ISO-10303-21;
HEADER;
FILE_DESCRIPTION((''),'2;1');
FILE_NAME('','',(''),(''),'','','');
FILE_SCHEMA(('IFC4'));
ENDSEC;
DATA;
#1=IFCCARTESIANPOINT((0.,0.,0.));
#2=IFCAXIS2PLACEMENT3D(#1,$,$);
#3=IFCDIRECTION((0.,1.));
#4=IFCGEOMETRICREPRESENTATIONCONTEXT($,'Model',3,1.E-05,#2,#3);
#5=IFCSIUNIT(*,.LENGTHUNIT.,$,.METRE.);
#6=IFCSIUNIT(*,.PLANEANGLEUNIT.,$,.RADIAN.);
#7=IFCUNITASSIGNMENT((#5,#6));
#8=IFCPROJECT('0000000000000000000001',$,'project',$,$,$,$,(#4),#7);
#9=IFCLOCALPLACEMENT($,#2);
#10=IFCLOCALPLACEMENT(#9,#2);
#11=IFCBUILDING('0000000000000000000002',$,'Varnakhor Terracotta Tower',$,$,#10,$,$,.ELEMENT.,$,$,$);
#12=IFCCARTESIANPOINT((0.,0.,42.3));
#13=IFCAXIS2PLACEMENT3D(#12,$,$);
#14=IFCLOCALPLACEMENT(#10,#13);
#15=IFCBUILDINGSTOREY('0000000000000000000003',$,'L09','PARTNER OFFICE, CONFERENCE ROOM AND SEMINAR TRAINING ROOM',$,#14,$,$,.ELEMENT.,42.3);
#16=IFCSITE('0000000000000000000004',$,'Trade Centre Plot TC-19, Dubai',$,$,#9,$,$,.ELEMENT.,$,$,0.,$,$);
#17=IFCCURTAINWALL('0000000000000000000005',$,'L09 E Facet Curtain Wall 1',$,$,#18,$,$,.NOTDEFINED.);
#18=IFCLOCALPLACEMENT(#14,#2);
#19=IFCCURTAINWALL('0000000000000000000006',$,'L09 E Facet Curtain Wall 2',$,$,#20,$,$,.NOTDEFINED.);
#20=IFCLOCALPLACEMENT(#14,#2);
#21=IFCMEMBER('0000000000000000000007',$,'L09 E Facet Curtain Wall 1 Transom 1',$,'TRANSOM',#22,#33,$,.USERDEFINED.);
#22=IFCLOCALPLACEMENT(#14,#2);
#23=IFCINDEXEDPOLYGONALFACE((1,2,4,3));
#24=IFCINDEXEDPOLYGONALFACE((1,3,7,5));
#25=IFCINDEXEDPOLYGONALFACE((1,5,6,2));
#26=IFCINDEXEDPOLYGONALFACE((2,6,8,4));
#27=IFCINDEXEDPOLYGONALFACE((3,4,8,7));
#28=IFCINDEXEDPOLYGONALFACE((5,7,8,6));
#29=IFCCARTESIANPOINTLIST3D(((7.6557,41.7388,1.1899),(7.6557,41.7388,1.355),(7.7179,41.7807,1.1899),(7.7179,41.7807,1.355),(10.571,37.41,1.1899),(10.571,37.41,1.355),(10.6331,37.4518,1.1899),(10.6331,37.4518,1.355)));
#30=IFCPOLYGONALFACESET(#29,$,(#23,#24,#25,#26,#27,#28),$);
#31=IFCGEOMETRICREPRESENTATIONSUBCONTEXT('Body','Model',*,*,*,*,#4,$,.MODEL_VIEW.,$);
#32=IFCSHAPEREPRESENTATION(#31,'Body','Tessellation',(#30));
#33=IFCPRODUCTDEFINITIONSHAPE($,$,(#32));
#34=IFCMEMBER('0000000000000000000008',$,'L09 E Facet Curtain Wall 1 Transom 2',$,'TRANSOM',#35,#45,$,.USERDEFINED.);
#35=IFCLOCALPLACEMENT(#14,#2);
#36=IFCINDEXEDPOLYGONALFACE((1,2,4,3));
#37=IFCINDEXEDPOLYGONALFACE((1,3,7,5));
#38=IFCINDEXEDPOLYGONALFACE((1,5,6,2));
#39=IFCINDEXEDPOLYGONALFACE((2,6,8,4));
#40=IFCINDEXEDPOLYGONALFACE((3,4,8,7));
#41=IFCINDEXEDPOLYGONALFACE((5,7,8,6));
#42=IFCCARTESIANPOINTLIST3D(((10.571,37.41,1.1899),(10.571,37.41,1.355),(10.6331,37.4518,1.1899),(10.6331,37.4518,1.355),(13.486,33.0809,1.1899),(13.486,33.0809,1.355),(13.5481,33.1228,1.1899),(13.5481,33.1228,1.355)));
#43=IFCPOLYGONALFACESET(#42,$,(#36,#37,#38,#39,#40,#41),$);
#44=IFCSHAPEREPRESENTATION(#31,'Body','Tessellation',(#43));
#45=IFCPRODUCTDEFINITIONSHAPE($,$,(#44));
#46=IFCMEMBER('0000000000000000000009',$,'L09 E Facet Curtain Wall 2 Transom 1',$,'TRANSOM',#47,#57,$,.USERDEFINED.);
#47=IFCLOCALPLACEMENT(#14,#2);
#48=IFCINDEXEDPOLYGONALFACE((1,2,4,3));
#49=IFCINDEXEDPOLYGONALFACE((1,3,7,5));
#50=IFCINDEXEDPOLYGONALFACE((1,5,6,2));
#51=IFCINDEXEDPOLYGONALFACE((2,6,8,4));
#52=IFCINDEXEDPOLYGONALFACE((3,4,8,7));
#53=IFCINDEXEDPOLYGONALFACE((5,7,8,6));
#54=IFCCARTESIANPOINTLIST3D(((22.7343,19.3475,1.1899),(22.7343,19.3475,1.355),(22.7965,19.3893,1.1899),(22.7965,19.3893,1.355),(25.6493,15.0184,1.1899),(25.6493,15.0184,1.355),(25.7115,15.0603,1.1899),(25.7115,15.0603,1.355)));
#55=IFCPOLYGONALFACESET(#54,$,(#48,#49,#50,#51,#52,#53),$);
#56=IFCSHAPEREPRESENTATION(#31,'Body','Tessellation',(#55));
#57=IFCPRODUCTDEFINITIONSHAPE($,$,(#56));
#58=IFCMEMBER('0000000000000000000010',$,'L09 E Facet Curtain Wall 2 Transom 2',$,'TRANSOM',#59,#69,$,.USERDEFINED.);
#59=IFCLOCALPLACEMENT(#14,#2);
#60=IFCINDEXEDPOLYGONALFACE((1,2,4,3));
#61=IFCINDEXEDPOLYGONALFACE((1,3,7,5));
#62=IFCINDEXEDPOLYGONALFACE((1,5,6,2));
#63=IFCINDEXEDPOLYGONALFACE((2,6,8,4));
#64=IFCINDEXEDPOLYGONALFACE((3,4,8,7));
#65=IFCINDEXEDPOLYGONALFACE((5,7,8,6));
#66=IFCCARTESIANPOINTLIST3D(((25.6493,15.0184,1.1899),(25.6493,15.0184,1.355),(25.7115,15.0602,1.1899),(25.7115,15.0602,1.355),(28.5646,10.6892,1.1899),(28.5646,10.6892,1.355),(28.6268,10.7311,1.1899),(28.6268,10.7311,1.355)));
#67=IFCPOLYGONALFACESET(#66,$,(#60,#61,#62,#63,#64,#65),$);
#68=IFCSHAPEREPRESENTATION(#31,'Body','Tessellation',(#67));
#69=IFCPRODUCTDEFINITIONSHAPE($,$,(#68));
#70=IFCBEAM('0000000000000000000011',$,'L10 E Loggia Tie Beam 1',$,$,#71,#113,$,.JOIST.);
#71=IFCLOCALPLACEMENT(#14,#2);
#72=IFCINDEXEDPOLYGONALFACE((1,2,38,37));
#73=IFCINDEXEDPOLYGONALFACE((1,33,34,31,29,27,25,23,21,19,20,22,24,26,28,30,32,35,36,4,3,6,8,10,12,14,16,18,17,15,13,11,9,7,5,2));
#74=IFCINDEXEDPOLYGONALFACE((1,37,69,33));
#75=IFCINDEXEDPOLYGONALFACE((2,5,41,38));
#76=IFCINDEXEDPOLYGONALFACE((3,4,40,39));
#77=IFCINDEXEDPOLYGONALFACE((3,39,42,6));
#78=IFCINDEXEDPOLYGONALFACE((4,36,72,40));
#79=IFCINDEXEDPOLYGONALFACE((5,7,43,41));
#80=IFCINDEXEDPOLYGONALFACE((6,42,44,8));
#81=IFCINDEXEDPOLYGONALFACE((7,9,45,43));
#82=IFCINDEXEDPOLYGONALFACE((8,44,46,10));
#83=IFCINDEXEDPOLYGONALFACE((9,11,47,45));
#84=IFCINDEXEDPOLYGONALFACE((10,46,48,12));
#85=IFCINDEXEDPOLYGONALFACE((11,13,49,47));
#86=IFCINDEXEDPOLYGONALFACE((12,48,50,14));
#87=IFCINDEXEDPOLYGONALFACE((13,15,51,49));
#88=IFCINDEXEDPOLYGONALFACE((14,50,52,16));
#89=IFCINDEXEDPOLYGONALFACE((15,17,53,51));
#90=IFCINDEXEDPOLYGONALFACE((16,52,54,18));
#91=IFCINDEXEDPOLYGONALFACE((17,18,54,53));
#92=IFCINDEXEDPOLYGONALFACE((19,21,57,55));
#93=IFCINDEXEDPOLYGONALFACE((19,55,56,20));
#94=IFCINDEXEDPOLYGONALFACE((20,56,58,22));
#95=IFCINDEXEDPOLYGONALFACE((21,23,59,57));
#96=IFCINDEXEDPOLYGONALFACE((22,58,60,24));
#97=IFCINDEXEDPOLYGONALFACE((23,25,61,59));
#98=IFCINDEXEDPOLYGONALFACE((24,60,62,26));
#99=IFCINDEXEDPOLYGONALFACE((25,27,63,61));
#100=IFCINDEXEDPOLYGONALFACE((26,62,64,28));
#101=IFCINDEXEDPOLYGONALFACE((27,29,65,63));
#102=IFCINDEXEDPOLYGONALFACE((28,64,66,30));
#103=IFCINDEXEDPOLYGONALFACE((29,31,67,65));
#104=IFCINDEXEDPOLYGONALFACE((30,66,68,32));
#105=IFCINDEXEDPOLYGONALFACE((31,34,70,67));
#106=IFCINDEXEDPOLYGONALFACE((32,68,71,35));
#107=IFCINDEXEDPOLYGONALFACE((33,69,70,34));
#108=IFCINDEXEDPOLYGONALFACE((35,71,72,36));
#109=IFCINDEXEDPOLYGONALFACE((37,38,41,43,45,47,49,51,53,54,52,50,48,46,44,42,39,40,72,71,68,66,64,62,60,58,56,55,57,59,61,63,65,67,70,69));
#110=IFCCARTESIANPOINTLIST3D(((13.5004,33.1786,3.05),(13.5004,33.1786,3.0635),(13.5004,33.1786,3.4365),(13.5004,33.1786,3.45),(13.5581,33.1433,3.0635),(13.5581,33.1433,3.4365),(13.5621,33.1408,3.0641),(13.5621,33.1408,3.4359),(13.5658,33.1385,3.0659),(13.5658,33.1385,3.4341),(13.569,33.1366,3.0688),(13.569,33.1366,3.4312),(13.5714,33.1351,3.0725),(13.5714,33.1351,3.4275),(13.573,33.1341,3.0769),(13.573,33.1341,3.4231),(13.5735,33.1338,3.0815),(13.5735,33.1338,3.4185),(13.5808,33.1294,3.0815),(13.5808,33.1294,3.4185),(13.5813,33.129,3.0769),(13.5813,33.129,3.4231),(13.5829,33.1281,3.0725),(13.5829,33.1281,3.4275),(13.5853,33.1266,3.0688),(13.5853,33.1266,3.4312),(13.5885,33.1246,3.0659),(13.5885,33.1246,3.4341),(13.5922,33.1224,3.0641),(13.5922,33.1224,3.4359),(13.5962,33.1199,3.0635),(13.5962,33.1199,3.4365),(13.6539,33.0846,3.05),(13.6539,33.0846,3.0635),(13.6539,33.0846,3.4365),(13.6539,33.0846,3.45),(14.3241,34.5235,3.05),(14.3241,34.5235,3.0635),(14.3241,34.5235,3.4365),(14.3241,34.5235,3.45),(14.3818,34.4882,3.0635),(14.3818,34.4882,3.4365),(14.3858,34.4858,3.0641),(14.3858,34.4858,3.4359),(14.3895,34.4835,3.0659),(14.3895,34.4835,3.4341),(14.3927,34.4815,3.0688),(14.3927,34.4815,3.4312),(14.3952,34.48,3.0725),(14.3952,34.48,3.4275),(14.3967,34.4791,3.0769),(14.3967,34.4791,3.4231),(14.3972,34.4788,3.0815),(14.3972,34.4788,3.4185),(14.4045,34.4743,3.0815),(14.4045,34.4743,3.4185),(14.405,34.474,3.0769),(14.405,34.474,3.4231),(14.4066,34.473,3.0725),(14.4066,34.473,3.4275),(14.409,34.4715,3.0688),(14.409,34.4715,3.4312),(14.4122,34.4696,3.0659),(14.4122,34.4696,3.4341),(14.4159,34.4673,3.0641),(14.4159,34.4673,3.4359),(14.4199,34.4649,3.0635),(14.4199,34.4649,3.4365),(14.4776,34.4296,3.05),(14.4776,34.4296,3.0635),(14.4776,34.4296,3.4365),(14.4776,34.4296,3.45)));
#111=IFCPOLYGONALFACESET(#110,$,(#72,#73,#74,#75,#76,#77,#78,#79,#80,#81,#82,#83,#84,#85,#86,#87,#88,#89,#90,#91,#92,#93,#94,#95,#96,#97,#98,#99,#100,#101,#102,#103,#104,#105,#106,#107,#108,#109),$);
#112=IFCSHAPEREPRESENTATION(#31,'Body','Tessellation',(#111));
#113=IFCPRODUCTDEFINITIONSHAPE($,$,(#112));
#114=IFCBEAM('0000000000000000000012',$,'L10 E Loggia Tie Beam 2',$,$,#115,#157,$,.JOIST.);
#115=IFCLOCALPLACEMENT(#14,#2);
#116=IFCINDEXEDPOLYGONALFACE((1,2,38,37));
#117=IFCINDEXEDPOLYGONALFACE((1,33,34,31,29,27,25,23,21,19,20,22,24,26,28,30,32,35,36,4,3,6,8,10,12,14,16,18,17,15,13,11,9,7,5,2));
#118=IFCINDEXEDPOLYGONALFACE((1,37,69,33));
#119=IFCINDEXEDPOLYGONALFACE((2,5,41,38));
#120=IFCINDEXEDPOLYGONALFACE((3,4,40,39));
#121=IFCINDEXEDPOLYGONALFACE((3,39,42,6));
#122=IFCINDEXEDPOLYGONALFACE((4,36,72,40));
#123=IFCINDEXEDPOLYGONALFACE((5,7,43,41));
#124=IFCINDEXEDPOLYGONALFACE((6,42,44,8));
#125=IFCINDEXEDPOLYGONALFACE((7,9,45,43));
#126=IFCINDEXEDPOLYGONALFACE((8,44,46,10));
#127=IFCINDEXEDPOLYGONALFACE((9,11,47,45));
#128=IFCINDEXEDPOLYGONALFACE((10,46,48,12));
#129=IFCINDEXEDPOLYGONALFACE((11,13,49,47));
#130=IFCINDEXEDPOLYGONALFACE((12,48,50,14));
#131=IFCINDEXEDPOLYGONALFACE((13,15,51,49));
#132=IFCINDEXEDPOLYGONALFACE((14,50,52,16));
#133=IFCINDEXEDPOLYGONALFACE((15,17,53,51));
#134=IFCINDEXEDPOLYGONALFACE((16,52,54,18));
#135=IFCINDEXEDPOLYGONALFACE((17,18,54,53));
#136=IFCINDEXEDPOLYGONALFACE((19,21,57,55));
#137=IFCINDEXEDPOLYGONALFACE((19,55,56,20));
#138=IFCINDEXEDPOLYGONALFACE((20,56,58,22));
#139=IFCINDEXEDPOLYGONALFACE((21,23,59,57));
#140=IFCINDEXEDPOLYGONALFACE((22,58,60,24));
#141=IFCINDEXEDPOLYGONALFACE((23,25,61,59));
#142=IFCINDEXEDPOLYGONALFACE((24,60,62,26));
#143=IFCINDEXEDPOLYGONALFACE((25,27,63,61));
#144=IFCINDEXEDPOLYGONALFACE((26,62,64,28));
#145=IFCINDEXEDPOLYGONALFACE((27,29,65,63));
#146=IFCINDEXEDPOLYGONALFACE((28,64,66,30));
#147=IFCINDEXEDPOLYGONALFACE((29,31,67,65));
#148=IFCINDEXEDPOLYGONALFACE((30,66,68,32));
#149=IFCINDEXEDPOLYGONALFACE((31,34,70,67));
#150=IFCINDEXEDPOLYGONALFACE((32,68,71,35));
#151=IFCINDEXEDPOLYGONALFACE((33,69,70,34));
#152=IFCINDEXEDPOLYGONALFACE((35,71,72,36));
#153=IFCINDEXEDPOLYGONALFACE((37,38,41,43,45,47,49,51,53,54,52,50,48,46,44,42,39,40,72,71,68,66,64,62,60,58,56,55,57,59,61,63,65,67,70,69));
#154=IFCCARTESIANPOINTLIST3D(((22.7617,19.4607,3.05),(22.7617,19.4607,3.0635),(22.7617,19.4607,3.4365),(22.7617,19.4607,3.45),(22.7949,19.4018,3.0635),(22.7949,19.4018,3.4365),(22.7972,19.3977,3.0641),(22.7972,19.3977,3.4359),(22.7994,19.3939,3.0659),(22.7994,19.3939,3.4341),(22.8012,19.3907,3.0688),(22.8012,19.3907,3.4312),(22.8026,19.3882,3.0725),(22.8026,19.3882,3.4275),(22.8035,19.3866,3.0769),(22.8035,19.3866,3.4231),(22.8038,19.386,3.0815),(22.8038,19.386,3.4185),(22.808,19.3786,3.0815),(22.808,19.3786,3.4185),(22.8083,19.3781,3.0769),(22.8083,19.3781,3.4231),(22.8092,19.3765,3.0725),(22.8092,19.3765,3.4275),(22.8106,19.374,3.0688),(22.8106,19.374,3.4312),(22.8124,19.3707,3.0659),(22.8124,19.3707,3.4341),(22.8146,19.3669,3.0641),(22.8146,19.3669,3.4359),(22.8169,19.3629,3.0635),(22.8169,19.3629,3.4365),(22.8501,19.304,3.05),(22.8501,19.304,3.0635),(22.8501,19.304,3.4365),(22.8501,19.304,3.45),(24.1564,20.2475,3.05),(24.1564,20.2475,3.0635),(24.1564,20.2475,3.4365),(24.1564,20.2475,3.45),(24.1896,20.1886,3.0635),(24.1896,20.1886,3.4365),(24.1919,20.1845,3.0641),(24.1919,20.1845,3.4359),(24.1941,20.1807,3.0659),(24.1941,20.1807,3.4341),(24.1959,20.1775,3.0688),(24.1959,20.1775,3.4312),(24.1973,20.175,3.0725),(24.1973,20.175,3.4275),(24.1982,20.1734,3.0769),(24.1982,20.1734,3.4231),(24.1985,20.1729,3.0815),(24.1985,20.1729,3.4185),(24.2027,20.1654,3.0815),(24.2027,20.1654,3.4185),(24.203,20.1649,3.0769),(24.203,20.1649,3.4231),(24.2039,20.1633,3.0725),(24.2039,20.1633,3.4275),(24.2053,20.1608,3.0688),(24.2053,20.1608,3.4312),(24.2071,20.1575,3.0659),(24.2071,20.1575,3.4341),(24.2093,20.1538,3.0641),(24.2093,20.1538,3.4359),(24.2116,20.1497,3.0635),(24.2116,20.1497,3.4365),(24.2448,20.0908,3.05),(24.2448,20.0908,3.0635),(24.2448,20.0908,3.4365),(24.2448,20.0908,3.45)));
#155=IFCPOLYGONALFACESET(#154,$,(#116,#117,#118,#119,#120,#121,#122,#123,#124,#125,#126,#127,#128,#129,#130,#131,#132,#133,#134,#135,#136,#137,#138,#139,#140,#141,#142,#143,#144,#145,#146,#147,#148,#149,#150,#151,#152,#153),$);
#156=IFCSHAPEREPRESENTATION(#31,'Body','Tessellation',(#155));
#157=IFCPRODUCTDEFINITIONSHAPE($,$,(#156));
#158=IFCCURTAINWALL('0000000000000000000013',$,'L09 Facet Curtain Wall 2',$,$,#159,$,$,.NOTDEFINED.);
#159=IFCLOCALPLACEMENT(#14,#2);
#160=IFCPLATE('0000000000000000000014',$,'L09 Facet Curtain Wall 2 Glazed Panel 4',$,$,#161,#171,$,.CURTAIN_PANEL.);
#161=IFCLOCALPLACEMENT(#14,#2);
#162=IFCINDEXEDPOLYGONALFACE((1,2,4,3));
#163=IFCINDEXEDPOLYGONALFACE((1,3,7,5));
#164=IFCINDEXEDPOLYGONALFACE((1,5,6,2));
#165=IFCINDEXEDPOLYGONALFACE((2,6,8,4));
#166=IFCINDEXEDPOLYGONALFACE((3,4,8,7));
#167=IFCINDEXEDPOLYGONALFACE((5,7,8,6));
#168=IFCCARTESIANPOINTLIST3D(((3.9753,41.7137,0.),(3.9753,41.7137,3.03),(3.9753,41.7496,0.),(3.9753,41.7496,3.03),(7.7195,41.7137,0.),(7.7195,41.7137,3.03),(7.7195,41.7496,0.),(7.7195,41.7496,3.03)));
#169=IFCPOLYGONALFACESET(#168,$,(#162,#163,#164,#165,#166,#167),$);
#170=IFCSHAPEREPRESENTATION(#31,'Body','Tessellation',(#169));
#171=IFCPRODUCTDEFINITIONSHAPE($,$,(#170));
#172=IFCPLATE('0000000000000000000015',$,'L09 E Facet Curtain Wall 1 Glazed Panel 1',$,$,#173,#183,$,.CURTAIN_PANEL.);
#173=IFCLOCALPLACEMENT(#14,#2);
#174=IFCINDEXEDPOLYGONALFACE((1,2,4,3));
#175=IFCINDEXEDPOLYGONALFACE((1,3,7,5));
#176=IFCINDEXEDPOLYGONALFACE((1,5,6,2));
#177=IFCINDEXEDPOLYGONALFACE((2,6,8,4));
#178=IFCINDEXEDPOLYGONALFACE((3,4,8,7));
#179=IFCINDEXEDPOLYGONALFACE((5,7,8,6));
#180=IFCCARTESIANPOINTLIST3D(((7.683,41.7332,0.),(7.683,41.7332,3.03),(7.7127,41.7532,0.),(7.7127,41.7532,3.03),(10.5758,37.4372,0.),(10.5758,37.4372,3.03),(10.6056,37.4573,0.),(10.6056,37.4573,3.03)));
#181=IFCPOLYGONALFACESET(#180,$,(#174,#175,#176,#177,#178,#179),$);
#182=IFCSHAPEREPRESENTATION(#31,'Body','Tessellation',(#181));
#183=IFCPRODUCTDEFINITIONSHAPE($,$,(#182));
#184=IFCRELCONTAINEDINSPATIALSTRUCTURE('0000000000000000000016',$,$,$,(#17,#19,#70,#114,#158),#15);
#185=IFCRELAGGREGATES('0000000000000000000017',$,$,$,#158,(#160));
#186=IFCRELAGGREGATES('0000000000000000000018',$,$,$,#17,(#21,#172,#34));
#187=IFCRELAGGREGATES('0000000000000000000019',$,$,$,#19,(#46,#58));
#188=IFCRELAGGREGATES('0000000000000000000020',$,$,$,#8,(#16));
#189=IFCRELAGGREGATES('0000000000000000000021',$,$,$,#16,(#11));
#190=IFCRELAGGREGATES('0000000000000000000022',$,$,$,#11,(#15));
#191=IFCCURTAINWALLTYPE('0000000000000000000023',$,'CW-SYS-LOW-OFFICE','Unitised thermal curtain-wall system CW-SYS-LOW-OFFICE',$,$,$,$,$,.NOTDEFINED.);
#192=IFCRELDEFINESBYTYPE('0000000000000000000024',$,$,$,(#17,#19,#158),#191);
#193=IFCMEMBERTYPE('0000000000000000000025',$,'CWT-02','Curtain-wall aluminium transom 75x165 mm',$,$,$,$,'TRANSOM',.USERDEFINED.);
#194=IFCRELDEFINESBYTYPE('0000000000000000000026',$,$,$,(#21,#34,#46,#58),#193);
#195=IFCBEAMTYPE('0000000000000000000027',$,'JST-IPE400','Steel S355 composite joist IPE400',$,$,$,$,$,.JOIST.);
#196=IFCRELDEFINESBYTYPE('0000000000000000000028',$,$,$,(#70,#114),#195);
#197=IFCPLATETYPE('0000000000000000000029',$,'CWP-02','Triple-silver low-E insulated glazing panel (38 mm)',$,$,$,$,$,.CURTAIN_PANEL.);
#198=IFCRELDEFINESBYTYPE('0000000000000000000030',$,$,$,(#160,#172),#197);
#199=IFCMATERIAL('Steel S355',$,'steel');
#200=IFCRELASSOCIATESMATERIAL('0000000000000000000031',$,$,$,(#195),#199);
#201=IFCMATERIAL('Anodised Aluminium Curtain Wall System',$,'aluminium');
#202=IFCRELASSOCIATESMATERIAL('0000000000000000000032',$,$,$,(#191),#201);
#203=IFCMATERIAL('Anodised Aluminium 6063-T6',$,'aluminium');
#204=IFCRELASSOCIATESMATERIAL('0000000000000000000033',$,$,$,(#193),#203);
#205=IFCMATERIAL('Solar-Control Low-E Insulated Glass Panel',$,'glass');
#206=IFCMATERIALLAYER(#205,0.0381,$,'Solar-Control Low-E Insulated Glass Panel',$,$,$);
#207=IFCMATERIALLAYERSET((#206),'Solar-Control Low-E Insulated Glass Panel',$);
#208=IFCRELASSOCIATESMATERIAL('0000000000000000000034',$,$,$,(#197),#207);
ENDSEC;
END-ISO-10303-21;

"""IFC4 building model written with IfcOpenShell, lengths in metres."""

from ifc_helpers import new_model, si_unit, direction, frame, origin, origin_2d, place, context, subcontext, project, spatial, rectangle, i_section, extrude, source, transform, mapped, material, layer, layer_set, material_profile, profile_set, type_object, element, aggregate, save


model = new_model("IFC4")

# Units and contexts
model_context = context("Model", 3, precision=1e-05, world=origin(), true_north=direction((0.0, 1.0)))
body_context = subcontext(model_context, "Body", "Model", "MODEL_VIEW")
ifc_project = project(units=[si_unit("LENGTHUNIT", "METRE"), si_unit("PLANEANGLEUNIT", "RADIAN")], contexts=[model_context])

# Site, building, storey
site_placement = place(None, origin())
site = spatial("IfcSite", under=ifc_project, at=site_placement, Name="Trade Centre Plot TC-19, Dubai", CompositionType="ELEMENT", RefElevation=0.0)
building_placement = place(site_placement, origin())
building = spatial("IfcBuilding", under=site, at=building_placement, Name="Varnakhor Terracotta Tower", CompositionType="ELEMENT")
storey_placement = place(building_placement, frame((0.0, 0.0, 42.3)))
storey = spatial("IfcBuildingStorey", under=building, at=storey_placement, Name="L09", Description="PARTNER OFFICE, CONFERENCE ROOM AND SEMINAR TRAINING ROOM", CompositionType="ELEMENT", Elevation=42.3)

# Shared definitions
ifc_material_1 = material(Name="Steel S355", Category="steel")
ifc_material_profile_1 = material_profile(ifc_material_1, i_section(OverallWidth=0.1799, OverallDepth=0.3999, WebThickness=0.0085, FlangeThickness=0.0134, FilletRadius=0.0181, at=origin_2d()), Name="IPE400")
ifc_profile_set_1 = profile_set([ifc_material_profile_1], Name="Steel S355")
beam_type_1 = type_object("IfcBeamType", Name="JST-IPE400", Description="Steel S355 composite joist IPE400", PredefinedType="JOIST", material=ifc_profile_set_1)

# Curtain walls
ifc_material_2 = material(Name="Anodised Aluminium Curtain Wall System", Category="aluminium")
curtain_wall_type = type_object("IfcCurtainWallType", Name="CW-SYS-LOW-OFFICE", Description="Unitised thermal curtain-wall system CW-SYS-LOW-OFFICE", PredefinedType="NOTDEFINED", material=ifc_material_2)
curtain_wall_1_placement = place(storey_placement, origin())
curtain_wall_1 = element("IfcCurtainWall", 1, at=curtain_wall_1_placement, inside=storey, type_object=curtain_wall_type, Name="L09 E Facet Curtain Wall 1", PredefinedType="NOTDEFINED")
ifc_material_3 = material(Name="Anodised Aluminium 6063-T6", Category="aluminium")
curtain_wall_2_placement = place(storey_placement, origin())
curtain_wall_2 = element("IfcCurtainWall", 2, at=curtain_wall_2_placement, inside=storey, type_object=curtain_wall_type, Name="L09 E Facet Curtain Wall 2", PredefinedType="NOTDEFINED")

# Members
ifc_material_profile_2 = material_profile(ifc_material_3, rectangle(XDim=0.075, YDim=0.165, at=origin_2d()), Name="ALU TRANSOM 75x165")
ifc_profile_set_2 = profile_set([ifc_material_profile_2], Name="Anodised Aluminium 6063-T6")
member_type_1 = type_object("IfcMemberType", Name="CWT-02", Description="Curtain-wall aluminium transom 75x165 mm", ElementType="TRANSOM", PredefinedType="USERDEFINED", material=ifc_profile_set_2)
shared_shape_1 = source(origin(), body_context, "Body", "SweptSolid", [
    extrude(rectangle(XDim=0.075, YDim=0.165, at=origin_2d()), origin(), (0.0, 0.0, 1.0), 5.219),
])
member_1_placement = place(storey_placement, frame((7.6868, 41.7598, 1.2725), z_axis=(0.558591, -0.829443, 0.0), x_axis=(0.829443, 0.558591, 0.0)))
member_1 = element("IfcMember", 3, at=member_1_placement, type_object=member_type_1, Name="L09 E Facet Curtain Wall 1 Transom 1", ObjectType="TRANSOM", PredefinedType="USERDEFINED", context=body_context, shape_type="MappedRepresentation", body=[
    mapped(shared_shape_1, transform((0.0, 0.0, 0.0), scale=1.0)),
])
member_2_placement = place(storey_placement, frame((10.6021, 37.4309, 1.2725), z_axis=(0.558537, -0.829479, 0.0), x_axis=(0.829479, 0.558537, 0.0)))
member_2 = element("IfcMember", 4, at=member_2_placement, type_object=member_type_1, Name="L09 E Facet Curtain Wall 1 Transom 2", ObjectType="TRANSOM", PredefinedType="USERDEFINED", context=body_context, shape_type="MappedRepresentation", body=[
    mapped(shared_shape_1, transform((0.0, 0.0, 0.0), scale=1.0)),
])
member_3_placement = place(storey_placement, frame((22.7654, 19.3684, 1.2725), z_axis=(0.558537, -0.829479, 0.0), x_axis=(0.829479, 0.558537, 0.0)))
member_3 = element("IfcMember", 5, at=member_3_placement, type_object=member_type_1, Name="L09 E Facet Curtain Wall 2 Transom 1", ObjectType="TRANSOM", PredefinedType="USERDEFINED", context=body_context, shape_type="MappedRepresentation", body=[
    mapped(shared_shape_1, transform((0.0, 0.0, 0.0), scale=1.0)),
])
shared_shape_2 = source(origin(), body_context, "Body", "SweptSolid", [
    extrude(rectangle(XDim=0.075, YDim=0.165, at=origin_2d()), origin(), (0.0, 0.0, 1.0), 5.2192),
])
member_4_placement = place(storey_placement, frame((25.6804, 15.0393, 1.2725), z_axis=(0.55857, -0.829458, 0.0), x_axis=(0.829458, 0.55857, 0.0)))
member_4 = element("IfcMember", 6, at=member_4_placement, type_object=member_type_1, Name="L09 E Facet Curtain Wall 2 Transom 2", ObjectType="TRANSOM", PredefinedType="USERDEFINED", context=body_context, shape_type="MappedRepresentation", body=[
    mapped(shared_shape_2, transform((0.0, 0.0, 0.0), scale=1.0)),
])

# Beams
shared_shape_3 = source(origin(), body_context, "Body", "SweptSolid", [
    extrude(i_section(OverallWidth=0.1799, OverallDepth=0.3999, WebThickness=0.0085, FlangeThickness=0.0134, FilletRadius=0.0181, at=origin_2d()), origin(), (0.0, 0.0, 1.0), 1.5771),
])
beam_1_placement = place(storey_placement, frame((13.5771, 33.1316, 3.25), z_axis=(0.522283, 0.852773, 0.0), x_axis=(-0.852773, 0.522283, 0.0)))
element("IfcBeam", 7, at=beam_1_placement, inside=storey, type_object=beam_type_1, Name="L10 E Loggia Tie Beam 1", PredefinedType="JOIST", context=body_context, shape_type="MappedRepresentation", body=[
    mapped(shared_shape_3, transform((0.0, 0.0, 0.0), scale=1.0)),
])
shared_shape_4 = source(origin(), body_context, "Body", "SweptSolid", [
    extrude(i_section(OverallWidth=0.1799, OverallDepth=0.3999, WebThickness=0.0085, FlangeThickness=0.0134, FilletRadius=0.0181, at=origin_2d()), origin(), (0.0, 0.0, 1.0), 1.6013),
])
beam_2_placement = place(storey_placement, frame((22.8059, 19.3823, 3.25), z_axis=(0.87096, 0.491354, 0.0), x_axis=(-0.491354, 0.87096, 0.0)))
element("IfcBeam", 8, at=beam_2_placement, inside=storey, type_object=beam_type_1, Name="L10 E Loggia Tie Beam 2", PredefinedType="JOIST", context=body_context, shape_type="MappedRepresentation", body=[
    mapped(shared_shape_4, transform((0.0, 0.0, 0.0), scale=1.0)),
])

# Curtain wall, plate
curtain_wall_3_placement = place(storey_placement, origin())
curtain_wall_3 = element("IfcCurtainWall", 9, at=curtain_wall_3_placement, inside=storey, type_object=curtain_wall_type, Name="L09 Facet Curtain Wall 2", PredefinedType="NOTDEFINED")
ifc_material_4 = material(Name="Solar-Control Low-E Insulated Glass Panel", Category="glass")
ifc_layer_1 = layer(ifc_material_4, 0.0381, Name="Solar-Control Low-E Insulated Glass Panel")
ifc_layer_set_1 = layer_set([ifc_layer_1], Name="Solar-Control Low-E Insulated Glass Panel")
plate_type = type_object("IfcPlateType", Name="CWP-02", Description="Triple-silver low-E insulated glazing panel (38 mm)", PredefinedType="CURTAIN_PANEL", material=ifc_layer_set_1)
shared_shape_5 = source(origin(), body_context, "Body", "SweptSolid", [
    extrude(rectangle(XDim=3.7441, YDim=0.0359, at=origin_2d()), origin(), (0.0, 0.0, 1.0), 3.03),
])
plate_1_placement = place(storey_placement, frame((5.8474, 41.7317, 0.0), z_axis=(0.0, 0.0, 1.0), x_axis=(1.0, 0.0, 0.0)))
plate_1 = element("IfcPlate", 10, at=plate_1_placement, type_object=plate_type, Name="L09 Facet Curtain Wall 2 Glazed Panel 4", PredefinedType="CURTAIN_PANEL", context=body_context, shape_type="MappedRepresentation", body=[
    mapped(shared_shape_5, transform((0.0, 0.0, 0.0), scale=1.0)),
])
aggregate(curtain_wall_3, [plate_1])

# Plate
shared_shape_6 = source(origin(), body_context, "Body", "SweptSolid", [
    extrude(rectangle(XDim=5.1792, YDim=0.0359, at=origin_2d()), origin(), (0.0, 0.0, 1.0), 3.03),
])
plate_2_placement = place(storey_placement, frame((9.1443, 39.5952, 0.0), z_axis=(0.0, 0.0, 1.0), x_axis=(0.558556, -0.829467, 0.0)))
plate_2 = element("IfcPlate", 11, at=plate_2_placement, type_object=plate_type, Name="L09 E Facet Curtain Wall 1 Glazed Panel 1", PredefinedType="CURTAIN_PANEL", context=body_context, shape_type="MappedRepresentation", body=[
    mapped(shared_shape_6, transform((0.0, 0.0, 0.0), scale=1.0)),
])
aggregate(curtain_wall_1, [member_1, plate_2, member_2])
aggregate(curtain_wall_2, [member_3, member_4])

save(model, "model.ifc")
